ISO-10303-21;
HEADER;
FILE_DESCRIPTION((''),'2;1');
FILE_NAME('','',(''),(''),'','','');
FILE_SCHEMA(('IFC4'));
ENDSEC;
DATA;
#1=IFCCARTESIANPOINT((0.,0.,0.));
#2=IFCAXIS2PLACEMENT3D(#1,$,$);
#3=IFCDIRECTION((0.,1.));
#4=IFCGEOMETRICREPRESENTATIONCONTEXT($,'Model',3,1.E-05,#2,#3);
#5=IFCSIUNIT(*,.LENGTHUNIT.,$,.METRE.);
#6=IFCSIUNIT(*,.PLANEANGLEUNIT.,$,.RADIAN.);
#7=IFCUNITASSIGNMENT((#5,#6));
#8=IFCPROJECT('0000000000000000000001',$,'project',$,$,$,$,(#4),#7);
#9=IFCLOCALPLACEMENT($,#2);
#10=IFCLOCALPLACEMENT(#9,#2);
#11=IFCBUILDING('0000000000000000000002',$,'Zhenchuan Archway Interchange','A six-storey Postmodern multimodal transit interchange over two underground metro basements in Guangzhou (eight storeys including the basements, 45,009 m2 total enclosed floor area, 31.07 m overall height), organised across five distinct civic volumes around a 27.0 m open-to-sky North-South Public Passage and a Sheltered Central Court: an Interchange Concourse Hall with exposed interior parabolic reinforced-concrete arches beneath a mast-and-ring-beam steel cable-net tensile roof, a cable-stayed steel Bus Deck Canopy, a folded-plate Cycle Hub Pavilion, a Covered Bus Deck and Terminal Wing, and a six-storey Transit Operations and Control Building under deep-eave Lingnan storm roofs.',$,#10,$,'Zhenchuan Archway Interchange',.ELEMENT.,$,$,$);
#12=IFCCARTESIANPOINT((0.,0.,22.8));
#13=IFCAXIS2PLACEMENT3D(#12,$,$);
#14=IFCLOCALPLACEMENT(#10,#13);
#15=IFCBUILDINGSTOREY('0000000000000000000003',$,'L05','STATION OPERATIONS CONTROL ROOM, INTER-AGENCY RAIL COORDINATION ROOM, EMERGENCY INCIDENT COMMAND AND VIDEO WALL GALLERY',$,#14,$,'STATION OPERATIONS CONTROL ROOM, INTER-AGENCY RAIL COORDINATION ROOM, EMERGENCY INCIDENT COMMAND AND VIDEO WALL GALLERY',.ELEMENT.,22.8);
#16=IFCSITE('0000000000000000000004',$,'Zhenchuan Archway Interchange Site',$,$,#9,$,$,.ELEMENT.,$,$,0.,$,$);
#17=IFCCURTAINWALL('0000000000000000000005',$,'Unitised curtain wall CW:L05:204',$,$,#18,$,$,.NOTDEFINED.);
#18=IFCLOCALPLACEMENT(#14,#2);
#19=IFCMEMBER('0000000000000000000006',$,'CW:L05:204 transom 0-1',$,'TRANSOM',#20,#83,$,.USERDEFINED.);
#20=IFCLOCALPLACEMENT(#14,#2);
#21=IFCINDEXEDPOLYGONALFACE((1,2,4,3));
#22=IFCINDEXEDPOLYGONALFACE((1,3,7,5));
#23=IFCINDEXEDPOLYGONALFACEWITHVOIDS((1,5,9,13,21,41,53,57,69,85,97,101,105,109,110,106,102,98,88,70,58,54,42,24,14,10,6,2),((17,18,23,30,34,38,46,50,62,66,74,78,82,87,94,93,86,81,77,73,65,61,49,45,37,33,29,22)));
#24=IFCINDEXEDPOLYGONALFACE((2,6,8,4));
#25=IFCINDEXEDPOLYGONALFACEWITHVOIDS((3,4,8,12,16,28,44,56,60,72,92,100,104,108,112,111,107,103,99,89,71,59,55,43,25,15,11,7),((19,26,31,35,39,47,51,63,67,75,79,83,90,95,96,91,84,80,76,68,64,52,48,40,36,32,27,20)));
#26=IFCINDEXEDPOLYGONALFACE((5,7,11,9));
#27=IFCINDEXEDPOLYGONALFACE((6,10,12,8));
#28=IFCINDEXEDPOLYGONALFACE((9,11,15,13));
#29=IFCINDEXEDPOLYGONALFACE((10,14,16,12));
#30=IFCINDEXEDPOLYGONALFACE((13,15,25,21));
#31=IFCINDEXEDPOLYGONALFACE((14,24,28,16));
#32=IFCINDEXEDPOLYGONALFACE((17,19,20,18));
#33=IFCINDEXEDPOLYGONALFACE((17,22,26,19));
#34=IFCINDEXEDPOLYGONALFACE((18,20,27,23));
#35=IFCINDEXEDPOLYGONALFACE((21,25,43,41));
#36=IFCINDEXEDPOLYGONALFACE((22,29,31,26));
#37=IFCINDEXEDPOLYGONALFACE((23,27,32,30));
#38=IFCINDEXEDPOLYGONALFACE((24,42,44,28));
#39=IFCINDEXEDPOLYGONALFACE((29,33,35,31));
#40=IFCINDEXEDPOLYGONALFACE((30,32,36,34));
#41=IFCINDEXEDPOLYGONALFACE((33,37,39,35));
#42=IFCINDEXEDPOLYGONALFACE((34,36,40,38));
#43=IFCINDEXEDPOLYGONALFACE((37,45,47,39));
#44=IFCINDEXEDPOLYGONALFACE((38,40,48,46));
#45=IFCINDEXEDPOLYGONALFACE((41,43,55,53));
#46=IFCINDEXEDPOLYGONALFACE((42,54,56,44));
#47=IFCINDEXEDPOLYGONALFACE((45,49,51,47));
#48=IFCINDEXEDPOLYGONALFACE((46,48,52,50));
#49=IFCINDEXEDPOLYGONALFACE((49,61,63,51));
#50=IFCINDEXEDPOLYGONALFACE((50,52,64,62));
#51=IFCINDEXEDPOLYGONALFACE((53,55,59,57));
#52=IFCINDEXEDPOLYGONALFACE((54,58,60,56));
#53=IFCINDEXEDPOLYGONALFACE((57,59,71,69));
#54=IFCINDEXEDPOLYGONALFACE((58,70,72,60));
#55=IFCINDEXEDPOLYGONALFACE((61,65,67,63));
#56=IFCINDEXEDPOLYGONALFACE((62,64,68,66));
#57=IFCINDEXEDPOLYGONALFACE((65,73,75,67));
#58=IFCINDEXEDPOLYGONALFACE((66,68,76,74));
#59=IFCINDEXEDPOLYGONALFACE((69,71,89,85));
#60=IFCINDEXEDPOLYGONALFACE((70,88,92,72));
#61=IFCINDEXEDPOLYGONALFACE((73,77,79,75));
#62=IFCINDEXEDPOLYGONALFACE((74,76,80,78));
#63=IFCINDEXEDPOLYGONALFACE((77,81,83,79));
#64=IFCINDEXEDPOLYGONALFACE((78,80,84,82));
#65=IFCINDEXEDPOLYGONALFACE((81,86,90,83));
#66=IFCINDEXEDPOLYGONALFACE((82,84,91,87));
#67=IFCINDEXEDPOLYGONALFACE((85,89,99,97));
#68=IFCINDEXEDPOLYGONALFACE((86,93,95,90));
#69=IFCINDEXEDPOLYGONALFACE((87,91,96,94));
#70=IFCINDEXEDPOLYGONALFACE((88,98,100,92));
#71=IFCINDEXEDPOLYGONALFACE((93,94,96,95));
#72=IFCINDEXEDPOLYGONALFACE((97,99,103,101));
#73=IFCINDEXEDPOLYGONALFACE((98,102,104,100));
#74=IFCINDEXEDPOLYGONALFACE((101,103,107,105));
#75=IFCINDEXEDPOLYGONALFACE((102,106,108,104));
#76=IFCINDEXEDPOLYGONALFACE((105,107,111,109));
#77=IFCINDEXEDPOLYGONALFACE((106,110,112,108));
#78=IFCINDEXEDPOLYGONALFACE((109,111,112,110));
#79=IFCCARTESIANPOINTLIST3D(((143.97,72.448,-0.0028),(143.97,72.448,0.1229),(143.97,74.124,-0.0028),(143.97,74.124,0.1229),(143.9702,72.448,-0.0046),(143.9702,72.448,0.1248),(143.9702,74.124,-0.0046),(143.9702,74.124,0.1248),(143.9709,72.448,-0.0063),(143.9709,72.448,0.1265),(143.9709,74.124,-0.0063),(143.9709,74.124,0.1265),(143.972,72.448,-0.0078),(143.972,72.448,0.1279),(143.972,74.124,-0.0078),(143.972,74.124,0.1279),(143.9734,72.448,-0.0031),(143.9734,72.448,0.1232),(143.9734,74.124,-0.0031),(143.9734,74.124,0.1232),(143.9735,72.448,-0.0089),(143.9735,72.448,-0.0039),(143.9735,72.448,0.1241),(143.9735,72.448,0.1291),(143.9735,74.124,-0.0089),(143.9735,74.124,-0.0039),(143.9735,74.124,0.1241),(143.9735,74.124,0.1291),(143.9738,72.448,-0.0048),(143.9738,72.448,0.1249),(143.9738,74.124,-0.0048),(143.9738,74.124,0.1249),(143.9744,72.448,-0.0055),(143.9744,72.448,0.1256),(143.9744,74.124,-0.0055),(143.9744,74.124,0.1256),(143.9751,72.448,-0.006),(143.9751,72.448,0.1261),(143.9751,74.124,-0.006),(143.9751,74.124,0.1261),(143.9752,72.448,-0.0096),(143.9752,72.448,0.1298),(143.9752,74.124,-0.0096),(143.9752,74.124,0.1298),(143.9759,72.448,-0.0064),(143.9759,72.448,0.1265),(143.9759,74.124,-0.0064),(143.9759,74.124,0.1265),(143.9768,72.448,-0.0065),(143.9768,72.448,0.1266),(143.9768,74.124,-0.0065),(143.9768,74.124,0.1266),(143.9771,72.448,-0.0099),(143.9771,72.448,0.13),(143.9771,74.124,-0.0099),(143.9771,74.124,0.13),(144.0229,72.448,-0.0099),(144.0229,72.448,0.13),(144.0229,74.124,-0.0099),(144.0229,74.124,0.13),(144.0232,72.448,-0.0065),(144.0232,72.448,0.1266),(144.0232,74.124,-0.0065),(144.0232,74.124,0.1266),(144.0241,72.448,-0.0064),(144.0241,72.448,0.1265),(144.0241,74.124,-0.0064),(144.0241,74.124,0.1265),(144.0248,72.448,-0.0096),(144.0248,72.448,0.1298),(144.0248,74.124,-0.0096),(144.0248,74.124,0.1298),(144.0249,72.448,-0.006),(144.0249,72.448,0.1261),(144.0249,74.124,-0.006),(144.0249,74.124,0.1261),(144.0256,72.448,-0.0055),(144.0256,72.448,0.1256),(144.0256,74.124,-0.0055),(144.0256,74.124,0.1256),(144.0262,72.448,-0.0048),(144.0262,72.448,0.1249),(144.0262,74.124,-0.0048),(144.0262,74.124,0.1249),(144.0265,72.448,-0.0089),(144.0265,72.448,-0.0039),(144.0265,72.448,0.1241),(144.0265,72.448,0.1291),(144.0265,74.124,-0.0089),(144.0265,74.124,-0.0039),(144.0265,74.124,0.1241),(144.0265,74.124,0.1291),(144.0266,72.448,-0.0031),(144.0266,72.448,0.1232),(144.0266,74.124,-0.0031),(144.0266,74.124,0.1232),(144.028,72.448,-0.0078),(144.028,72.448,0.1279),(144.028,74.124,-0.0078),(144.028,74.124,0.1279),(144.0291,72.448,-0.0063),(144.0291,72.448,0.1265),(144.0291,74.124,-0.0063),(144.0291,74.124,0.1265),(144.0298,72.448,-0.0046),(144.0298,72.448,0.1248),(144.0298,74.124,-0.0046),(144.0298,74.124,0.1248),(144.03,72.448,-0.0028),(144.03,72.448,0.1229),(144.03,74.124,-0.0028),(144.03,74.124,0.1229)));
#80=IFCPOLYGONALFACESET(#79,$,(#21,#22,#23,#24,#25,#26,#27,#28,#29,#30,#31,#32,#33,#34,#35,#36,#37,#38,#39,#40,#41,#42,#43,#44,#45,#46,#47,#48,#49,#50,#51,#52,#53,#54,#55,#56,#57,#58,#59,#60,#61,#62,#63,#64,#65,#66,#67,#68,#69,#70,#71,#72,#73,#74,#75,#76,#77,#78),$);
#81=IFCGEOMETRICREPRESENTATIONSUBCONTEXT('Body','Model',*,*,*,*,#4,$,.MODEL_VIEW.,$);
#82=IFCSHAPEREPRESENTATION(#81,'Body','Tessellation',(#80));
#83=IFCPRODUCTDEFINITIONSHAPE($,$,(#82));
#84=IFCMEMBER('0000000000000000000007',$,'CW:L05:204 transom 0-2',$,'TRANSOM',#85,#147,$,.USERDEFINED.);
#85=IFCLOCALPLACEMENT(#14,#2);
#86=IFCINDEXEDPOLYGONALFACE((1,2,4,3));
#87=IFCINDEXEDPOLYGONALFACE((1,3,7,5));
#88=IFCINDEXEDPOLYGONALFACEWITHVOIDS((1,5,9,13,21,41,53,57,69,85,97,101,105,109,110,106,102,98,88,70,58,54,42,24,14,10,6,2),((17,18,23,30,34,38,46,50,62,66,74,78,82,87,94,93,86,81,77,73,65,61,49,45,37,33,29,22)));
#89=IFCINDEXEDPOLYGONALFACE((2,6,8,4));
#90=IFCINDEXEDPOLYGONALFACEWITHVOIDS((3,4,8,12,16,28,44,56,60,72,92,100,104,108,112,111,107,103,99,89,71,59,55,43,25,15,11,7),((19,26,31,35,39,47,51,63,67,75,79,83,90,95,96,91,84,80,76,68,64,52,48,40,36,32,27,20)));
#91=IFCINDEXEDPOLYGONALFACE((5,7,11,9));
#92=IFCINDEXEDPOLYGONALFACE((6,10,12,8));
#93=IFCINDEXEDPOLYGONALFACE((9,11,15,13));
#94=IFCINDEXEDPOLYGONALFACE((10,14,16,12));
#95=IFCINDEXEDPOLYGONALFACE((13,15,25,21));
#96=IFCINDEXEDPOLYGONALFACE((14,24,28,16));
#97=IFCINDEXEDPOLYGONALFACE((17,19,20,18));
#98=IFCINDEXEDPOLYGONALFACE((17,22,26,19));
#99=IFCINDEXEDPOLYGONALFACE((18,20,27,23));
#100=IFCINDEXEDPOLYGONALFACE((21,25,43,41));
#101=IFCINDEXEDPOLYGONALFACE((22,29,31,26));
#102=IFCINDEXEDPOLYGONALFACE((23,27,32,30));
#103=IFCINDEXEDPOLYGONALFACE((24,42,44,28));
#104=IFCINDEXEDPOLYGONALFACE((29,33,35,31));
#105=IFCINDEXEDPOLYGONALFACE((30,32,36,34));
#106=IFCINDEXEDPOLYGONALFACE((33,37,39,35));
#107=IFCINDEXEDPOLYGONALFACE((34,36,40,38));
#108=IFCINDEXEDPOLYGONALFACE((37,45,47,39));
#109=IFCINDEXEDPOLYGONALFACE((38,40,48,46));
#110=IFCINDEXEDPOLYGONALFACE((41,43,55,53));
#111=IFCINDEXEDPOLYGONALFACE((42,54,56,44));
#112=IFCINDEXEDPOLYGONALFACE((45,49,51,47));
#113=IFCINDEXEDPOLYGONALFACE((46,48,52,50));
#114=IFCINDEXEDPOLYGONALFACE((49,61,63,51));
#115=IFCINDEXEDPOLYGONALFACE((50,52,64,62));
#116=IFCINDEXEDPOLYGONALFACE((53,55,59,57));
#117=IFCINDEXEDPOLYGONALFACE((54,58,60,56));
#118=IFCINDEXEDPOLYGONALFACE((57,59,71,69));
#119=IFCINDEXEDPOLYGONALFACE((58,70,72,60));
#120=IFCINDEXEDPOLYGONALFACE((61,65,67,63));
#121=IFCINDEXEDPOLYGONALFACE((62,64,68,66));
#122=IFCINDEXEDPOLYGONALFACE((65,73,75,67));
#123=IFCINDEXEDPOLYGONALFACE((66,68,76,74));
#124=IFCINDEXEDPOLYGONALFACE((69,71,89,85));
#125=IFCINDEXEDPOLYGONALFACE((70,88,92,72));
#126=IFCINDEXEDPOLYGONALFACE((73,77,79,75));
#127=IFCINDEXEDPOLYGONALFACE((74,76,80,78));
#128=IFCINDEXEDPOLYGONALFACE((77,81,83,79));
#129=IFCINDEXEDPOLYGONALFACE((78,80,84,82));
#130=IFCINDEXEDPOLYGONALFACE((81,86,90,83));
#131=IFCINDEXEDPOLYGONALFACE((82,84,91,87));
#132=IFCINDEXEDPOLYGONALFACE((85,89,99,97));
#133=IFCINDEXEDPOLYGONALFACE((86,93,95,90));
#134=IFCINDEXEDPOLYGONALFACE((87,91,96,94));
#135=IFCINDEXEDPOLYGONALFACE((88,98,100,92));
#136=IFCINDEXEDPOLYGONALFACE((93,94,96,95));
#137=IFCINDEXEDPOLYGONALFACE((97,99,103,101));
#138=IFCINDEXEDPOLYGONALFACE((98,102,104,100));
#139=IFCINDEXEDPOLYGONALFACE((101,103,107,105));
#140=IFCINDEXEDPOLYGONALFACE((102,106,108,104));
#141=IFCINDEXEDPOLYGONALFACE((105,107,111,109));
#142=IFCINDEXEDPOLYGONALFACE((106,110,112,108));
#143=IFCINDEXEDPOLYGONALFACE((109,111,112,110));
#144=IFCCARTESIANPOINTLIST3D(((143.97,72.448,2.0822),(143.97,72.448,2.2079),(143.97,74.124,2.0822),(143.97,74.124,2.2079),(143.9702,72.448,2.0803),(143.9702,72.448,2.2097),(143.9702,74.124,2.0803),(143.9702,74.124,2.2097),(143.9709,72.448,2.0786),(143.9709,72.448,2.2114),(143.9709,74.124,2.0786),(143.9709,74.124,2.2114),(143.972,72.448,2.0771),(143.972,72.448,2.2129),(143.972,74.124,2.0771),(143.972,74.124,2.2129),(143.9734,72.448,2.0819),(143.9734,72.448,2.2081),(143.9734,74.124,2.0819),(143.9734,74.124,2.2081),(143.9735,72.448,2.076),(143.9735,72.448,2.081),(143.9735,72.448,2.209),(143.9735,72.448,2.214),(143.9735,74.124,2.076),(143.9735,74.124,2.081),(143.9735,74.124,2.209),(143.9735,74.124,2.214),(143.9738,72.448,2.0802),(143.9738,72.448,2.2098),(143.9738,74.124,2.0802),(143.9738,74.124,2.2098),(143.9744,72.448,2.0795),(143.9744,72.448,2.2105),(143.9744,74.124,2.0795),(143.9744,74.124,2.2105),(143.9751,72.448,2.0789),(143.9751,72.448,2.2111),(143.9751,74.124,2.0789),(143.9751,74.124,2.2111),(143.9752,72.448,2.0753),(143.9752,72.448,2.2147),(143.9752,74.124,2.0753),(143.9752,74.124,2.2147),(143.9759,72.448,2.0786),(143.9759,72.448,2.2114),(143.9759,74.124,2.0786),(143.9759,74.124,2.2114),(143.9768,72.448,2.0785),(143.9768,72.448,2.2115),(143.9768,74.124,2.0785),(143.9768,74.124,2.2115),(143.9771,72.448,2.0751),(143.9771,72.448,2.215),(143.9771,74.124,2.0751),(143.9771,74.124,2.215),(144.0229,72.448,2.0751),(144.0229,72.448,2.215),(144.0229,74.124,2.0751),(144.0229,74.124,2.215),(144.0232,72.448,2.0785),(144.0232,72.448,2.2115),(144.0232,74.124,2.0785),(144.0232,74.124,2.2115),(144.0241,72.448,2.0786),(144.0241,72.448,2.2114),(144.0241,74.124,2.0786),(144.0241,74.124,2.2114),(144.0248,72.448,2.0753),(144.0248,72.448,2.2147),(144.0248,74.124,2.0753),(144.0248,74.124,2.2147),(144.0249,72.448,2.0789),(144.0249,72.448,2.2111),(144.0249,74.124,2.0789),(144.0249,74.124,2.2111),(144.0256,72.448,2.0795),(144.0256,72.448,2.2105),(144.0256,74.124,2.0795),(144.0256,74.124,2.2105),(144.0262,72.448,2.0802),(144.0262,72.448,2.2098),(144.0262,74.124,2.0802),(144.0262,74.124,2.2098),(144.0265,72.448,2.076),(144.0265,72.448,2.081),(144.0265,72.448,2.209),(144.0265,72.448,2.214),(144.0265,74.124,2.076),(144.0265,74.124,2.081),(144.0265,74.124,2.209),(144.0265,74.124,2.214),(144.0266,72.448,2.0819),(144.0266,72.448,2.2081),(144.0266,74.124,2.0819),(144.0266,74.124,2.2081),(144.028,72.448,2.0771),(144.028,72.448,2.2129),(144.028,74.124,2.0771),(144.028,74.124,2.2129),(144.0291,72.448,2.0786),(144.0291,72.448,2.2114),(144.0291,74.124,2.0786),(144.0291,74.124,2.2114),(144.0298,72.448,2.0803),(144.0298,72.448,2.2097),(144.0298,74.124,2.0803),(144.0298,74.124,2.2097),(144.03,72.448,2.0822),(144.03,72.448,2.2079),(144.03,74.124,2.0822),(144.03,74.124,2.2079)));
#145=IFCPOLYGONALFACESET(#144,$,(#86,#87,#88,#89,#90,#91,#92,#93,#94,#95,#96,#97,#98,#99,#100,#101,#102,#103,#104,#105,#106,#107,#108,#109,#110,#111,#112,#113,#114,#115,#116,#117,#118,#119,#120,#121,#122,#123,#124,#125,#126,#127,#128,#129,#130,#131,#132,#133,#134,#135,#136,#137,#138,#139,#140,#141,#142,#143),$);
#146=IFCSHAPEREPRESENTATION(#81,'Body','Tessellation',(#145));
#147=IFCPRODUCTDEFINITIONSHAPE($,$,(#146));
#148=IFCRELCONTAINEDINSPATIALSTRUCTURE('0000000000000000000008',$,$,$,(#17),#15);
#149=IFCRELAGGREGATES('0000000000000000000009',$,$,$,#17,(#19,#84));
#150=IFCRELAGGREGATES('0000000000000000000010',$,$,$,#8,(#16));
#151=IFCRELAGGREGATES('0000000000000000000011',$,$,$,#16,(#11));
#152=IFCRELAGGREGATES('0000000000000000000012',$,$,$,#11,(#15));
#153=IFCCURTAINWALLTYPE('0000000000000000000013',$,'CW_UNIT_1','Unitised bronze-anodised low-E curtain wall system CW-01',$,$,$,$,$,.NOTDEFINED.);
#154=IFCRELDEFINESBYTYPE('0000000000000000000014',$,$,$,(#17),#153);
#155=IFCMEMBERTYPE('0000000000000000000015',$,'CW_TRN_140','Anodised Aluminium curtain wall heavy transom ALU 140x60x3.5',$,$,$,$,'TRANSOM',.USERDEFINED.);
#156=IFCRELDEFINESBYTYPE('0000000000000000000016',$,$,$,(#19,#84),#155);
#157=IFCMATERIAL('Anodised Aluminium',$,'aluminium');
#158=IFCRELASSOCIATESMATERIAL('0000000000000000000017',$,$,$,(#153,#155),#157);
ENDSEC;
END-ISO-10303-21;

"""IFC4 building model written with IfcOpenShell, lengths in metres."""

from ifc_helpers import new_model, si_unit, direction, frame, origin, origin_2d, place, context, subcontext, project, spatial, hollow_rectangle, extrude, material, material_profile, profile_set, type_object, element, aggregate, save


model = new_model("IFC4")

# Units and contexts
model_context = context("Model", 3, precision=1e-05, world=origin(), true_north=direction((0.0, 1.0)))
body_context = subcontext(model_context, "Body", "Model", "MODEL_VIEW")
ifc_project = project(units=[si_unit("LENGTHUNIT", "METRE"), si_unit("PLANEANGLEUNIT", "RADIAN")], contexts=[model_context])

# Site, building, storey
site_placement = place(None, origin())
site = spatial("IfcSite", under=ifc_project, at=site_placement, Name="Zhenchuan Archway Interchange Site", CompositionType="ELEMENT", RefElevation=0.0)
building_placement = place(site_placement, origin())
building = spatial("IfcBuilding", under=site, at=building_placement, Name="Zhenchuan Archway Interchange", Description="A six-storey Postmodern multimodal transit interchange over two underground metro basements in Guangzhou (eight storeys including the basements, 45,009 m2 total enclosed floor area, 31.07 m overall height), organised across five distinct civic volumes around a 27.0 m open-to-sky North-South Public Passage and a Sheltered Central Court: an Interchange Concourse Hall with exposed interior parabolic reinforced-concrete arches beneath a mast-and-ring-beam steel cable-net tensile roof, a cable-stayed steel Bus Deck Canopy, a folded-plate Cycle Hub Pavilion, a Covered Bus Deck and Terminal Wing, and a six-storey Transit Operations and Control Building under deep-eave Lingnan storm roofs.", LongName="Zhenchuan Archway Interchange", CompositionType="ELEMENT")
storey_placement = place(building_placement, frame((0.0, 0.0, 22.8)))
storey = spatial("IfcBuildingStorey", under=building, at=storey_placement, Name="L05", Description="STATION OPERATIONS CONTROL ROOM, INTER-AGENCY RAIL COORDINATION ROOM, EMERGENCY INCIDENT COMMAND AND VIDEO WALL GALLERY", LongName="STATION OPERATIONS CONTROL ROOM, INTER-AGENCY RAIL COORDINATION ROOM, EMERGENCY INCIDENT COMMAND AND VIDEO WALL GALLERY", CompositionType="ELEMENT", Elevation=22.8)

# Shared definitions
ifc_material_1 = material(Name="Anodised Aluminium", Category="aluminium")

# Curtain wall
curtain_wall_type_1 = type_object("IfcCurtainWallType", Name="CW_UNIT_1", Description="Unitised bronze-anodised low-E curtain wall system CW-01", PredefinedType="NOTDEFINED", material=ifc_material_1)
curtain_wall_1_placement = place(storey_placement, origin())
curtain_wall_1 = element("IfcCurtainWall", 1, at=curtain_wall_1_placement, inside=storey, type_object=curtain_wall_type_1, Name="Unitised curtain wall CW:L05:204", PredefinedType="NOTDEFINED")

# Members
ifc_material_profile_1 = material_profile(ifc_material_1, hollow_rectangle(XDim=0.0601, YDim=0.1399, WallThickness=0.0034, InnerFilletRadius=0.0034, OuterFilletRadius=0.0071, at=origin_2d()), Name="ALU 140x60x3.5")
ifc_profile_set_1 = profile_set([ifc_material_profile_1], Name="Anodised Aluminium")
member_type_1 = type_object("IfcMemberType", Name="CW_TRN_140", Description="Anodised Aluminium curtain wall heavy transom ALU 140x60x3.5", ElementType="TRANSOM", PredefinedType="USERDEFINED", material=ifc_profile_set_1)
member_1_placement = place(storey_placement, frame((144.0, 72.448, 0.0601), z_axis=(0.0, 1.0, 0.0), x_axis=(-1.0, 0.0, 0.0)))
member_1 = element("IfcMember", 2, at=member_1_placement, type_object=member_type_1, Name="CW:L05:204 transom 0-1", ObjectType="TRANSOM", PredefinedType="USERDEFINED", context=body_context, shape_type="SweptSolid", body=[
    extrude(hollow_rectangle(XDim=0.0601, YDim=0.1399, WallThickness=0.0034, InnerFilletRadius=0.0034, OuterFilletRadius=0.0071, at=origin_2d()), origin(), (0.0, 0.0, 1.0), 1.676),
])
member_2_placement = place(storey_placement, frame((144.0, 72.448, 2.145), z_axis=(0.0, 1.0, 0.0), x_axis=(-1.0, 0.0, 0.0)))
member_2 = element("IfcMember", 3, at=member_2_placement, type_object=member_type_1, Name="CW:L05:204 transom 0-2", ObjectType="TRANSOM", PredefinedType="USERDEFINED", context=body_context, shape_type="SweptSolid", body=[
    extrude(hollow_rectangle(XDim=0.0601, YDim=0.1399, WallThickness=0.0034, InnerFilletRadius=0.0034, OuterFilletRadius=0.0071, at=origin_2d()), origin(), (0.0, 0.0, 1.0), 1.676),
])

aggregate(curtain_wall_1, [member_1, member_2])

save(model, "model.ifc")
